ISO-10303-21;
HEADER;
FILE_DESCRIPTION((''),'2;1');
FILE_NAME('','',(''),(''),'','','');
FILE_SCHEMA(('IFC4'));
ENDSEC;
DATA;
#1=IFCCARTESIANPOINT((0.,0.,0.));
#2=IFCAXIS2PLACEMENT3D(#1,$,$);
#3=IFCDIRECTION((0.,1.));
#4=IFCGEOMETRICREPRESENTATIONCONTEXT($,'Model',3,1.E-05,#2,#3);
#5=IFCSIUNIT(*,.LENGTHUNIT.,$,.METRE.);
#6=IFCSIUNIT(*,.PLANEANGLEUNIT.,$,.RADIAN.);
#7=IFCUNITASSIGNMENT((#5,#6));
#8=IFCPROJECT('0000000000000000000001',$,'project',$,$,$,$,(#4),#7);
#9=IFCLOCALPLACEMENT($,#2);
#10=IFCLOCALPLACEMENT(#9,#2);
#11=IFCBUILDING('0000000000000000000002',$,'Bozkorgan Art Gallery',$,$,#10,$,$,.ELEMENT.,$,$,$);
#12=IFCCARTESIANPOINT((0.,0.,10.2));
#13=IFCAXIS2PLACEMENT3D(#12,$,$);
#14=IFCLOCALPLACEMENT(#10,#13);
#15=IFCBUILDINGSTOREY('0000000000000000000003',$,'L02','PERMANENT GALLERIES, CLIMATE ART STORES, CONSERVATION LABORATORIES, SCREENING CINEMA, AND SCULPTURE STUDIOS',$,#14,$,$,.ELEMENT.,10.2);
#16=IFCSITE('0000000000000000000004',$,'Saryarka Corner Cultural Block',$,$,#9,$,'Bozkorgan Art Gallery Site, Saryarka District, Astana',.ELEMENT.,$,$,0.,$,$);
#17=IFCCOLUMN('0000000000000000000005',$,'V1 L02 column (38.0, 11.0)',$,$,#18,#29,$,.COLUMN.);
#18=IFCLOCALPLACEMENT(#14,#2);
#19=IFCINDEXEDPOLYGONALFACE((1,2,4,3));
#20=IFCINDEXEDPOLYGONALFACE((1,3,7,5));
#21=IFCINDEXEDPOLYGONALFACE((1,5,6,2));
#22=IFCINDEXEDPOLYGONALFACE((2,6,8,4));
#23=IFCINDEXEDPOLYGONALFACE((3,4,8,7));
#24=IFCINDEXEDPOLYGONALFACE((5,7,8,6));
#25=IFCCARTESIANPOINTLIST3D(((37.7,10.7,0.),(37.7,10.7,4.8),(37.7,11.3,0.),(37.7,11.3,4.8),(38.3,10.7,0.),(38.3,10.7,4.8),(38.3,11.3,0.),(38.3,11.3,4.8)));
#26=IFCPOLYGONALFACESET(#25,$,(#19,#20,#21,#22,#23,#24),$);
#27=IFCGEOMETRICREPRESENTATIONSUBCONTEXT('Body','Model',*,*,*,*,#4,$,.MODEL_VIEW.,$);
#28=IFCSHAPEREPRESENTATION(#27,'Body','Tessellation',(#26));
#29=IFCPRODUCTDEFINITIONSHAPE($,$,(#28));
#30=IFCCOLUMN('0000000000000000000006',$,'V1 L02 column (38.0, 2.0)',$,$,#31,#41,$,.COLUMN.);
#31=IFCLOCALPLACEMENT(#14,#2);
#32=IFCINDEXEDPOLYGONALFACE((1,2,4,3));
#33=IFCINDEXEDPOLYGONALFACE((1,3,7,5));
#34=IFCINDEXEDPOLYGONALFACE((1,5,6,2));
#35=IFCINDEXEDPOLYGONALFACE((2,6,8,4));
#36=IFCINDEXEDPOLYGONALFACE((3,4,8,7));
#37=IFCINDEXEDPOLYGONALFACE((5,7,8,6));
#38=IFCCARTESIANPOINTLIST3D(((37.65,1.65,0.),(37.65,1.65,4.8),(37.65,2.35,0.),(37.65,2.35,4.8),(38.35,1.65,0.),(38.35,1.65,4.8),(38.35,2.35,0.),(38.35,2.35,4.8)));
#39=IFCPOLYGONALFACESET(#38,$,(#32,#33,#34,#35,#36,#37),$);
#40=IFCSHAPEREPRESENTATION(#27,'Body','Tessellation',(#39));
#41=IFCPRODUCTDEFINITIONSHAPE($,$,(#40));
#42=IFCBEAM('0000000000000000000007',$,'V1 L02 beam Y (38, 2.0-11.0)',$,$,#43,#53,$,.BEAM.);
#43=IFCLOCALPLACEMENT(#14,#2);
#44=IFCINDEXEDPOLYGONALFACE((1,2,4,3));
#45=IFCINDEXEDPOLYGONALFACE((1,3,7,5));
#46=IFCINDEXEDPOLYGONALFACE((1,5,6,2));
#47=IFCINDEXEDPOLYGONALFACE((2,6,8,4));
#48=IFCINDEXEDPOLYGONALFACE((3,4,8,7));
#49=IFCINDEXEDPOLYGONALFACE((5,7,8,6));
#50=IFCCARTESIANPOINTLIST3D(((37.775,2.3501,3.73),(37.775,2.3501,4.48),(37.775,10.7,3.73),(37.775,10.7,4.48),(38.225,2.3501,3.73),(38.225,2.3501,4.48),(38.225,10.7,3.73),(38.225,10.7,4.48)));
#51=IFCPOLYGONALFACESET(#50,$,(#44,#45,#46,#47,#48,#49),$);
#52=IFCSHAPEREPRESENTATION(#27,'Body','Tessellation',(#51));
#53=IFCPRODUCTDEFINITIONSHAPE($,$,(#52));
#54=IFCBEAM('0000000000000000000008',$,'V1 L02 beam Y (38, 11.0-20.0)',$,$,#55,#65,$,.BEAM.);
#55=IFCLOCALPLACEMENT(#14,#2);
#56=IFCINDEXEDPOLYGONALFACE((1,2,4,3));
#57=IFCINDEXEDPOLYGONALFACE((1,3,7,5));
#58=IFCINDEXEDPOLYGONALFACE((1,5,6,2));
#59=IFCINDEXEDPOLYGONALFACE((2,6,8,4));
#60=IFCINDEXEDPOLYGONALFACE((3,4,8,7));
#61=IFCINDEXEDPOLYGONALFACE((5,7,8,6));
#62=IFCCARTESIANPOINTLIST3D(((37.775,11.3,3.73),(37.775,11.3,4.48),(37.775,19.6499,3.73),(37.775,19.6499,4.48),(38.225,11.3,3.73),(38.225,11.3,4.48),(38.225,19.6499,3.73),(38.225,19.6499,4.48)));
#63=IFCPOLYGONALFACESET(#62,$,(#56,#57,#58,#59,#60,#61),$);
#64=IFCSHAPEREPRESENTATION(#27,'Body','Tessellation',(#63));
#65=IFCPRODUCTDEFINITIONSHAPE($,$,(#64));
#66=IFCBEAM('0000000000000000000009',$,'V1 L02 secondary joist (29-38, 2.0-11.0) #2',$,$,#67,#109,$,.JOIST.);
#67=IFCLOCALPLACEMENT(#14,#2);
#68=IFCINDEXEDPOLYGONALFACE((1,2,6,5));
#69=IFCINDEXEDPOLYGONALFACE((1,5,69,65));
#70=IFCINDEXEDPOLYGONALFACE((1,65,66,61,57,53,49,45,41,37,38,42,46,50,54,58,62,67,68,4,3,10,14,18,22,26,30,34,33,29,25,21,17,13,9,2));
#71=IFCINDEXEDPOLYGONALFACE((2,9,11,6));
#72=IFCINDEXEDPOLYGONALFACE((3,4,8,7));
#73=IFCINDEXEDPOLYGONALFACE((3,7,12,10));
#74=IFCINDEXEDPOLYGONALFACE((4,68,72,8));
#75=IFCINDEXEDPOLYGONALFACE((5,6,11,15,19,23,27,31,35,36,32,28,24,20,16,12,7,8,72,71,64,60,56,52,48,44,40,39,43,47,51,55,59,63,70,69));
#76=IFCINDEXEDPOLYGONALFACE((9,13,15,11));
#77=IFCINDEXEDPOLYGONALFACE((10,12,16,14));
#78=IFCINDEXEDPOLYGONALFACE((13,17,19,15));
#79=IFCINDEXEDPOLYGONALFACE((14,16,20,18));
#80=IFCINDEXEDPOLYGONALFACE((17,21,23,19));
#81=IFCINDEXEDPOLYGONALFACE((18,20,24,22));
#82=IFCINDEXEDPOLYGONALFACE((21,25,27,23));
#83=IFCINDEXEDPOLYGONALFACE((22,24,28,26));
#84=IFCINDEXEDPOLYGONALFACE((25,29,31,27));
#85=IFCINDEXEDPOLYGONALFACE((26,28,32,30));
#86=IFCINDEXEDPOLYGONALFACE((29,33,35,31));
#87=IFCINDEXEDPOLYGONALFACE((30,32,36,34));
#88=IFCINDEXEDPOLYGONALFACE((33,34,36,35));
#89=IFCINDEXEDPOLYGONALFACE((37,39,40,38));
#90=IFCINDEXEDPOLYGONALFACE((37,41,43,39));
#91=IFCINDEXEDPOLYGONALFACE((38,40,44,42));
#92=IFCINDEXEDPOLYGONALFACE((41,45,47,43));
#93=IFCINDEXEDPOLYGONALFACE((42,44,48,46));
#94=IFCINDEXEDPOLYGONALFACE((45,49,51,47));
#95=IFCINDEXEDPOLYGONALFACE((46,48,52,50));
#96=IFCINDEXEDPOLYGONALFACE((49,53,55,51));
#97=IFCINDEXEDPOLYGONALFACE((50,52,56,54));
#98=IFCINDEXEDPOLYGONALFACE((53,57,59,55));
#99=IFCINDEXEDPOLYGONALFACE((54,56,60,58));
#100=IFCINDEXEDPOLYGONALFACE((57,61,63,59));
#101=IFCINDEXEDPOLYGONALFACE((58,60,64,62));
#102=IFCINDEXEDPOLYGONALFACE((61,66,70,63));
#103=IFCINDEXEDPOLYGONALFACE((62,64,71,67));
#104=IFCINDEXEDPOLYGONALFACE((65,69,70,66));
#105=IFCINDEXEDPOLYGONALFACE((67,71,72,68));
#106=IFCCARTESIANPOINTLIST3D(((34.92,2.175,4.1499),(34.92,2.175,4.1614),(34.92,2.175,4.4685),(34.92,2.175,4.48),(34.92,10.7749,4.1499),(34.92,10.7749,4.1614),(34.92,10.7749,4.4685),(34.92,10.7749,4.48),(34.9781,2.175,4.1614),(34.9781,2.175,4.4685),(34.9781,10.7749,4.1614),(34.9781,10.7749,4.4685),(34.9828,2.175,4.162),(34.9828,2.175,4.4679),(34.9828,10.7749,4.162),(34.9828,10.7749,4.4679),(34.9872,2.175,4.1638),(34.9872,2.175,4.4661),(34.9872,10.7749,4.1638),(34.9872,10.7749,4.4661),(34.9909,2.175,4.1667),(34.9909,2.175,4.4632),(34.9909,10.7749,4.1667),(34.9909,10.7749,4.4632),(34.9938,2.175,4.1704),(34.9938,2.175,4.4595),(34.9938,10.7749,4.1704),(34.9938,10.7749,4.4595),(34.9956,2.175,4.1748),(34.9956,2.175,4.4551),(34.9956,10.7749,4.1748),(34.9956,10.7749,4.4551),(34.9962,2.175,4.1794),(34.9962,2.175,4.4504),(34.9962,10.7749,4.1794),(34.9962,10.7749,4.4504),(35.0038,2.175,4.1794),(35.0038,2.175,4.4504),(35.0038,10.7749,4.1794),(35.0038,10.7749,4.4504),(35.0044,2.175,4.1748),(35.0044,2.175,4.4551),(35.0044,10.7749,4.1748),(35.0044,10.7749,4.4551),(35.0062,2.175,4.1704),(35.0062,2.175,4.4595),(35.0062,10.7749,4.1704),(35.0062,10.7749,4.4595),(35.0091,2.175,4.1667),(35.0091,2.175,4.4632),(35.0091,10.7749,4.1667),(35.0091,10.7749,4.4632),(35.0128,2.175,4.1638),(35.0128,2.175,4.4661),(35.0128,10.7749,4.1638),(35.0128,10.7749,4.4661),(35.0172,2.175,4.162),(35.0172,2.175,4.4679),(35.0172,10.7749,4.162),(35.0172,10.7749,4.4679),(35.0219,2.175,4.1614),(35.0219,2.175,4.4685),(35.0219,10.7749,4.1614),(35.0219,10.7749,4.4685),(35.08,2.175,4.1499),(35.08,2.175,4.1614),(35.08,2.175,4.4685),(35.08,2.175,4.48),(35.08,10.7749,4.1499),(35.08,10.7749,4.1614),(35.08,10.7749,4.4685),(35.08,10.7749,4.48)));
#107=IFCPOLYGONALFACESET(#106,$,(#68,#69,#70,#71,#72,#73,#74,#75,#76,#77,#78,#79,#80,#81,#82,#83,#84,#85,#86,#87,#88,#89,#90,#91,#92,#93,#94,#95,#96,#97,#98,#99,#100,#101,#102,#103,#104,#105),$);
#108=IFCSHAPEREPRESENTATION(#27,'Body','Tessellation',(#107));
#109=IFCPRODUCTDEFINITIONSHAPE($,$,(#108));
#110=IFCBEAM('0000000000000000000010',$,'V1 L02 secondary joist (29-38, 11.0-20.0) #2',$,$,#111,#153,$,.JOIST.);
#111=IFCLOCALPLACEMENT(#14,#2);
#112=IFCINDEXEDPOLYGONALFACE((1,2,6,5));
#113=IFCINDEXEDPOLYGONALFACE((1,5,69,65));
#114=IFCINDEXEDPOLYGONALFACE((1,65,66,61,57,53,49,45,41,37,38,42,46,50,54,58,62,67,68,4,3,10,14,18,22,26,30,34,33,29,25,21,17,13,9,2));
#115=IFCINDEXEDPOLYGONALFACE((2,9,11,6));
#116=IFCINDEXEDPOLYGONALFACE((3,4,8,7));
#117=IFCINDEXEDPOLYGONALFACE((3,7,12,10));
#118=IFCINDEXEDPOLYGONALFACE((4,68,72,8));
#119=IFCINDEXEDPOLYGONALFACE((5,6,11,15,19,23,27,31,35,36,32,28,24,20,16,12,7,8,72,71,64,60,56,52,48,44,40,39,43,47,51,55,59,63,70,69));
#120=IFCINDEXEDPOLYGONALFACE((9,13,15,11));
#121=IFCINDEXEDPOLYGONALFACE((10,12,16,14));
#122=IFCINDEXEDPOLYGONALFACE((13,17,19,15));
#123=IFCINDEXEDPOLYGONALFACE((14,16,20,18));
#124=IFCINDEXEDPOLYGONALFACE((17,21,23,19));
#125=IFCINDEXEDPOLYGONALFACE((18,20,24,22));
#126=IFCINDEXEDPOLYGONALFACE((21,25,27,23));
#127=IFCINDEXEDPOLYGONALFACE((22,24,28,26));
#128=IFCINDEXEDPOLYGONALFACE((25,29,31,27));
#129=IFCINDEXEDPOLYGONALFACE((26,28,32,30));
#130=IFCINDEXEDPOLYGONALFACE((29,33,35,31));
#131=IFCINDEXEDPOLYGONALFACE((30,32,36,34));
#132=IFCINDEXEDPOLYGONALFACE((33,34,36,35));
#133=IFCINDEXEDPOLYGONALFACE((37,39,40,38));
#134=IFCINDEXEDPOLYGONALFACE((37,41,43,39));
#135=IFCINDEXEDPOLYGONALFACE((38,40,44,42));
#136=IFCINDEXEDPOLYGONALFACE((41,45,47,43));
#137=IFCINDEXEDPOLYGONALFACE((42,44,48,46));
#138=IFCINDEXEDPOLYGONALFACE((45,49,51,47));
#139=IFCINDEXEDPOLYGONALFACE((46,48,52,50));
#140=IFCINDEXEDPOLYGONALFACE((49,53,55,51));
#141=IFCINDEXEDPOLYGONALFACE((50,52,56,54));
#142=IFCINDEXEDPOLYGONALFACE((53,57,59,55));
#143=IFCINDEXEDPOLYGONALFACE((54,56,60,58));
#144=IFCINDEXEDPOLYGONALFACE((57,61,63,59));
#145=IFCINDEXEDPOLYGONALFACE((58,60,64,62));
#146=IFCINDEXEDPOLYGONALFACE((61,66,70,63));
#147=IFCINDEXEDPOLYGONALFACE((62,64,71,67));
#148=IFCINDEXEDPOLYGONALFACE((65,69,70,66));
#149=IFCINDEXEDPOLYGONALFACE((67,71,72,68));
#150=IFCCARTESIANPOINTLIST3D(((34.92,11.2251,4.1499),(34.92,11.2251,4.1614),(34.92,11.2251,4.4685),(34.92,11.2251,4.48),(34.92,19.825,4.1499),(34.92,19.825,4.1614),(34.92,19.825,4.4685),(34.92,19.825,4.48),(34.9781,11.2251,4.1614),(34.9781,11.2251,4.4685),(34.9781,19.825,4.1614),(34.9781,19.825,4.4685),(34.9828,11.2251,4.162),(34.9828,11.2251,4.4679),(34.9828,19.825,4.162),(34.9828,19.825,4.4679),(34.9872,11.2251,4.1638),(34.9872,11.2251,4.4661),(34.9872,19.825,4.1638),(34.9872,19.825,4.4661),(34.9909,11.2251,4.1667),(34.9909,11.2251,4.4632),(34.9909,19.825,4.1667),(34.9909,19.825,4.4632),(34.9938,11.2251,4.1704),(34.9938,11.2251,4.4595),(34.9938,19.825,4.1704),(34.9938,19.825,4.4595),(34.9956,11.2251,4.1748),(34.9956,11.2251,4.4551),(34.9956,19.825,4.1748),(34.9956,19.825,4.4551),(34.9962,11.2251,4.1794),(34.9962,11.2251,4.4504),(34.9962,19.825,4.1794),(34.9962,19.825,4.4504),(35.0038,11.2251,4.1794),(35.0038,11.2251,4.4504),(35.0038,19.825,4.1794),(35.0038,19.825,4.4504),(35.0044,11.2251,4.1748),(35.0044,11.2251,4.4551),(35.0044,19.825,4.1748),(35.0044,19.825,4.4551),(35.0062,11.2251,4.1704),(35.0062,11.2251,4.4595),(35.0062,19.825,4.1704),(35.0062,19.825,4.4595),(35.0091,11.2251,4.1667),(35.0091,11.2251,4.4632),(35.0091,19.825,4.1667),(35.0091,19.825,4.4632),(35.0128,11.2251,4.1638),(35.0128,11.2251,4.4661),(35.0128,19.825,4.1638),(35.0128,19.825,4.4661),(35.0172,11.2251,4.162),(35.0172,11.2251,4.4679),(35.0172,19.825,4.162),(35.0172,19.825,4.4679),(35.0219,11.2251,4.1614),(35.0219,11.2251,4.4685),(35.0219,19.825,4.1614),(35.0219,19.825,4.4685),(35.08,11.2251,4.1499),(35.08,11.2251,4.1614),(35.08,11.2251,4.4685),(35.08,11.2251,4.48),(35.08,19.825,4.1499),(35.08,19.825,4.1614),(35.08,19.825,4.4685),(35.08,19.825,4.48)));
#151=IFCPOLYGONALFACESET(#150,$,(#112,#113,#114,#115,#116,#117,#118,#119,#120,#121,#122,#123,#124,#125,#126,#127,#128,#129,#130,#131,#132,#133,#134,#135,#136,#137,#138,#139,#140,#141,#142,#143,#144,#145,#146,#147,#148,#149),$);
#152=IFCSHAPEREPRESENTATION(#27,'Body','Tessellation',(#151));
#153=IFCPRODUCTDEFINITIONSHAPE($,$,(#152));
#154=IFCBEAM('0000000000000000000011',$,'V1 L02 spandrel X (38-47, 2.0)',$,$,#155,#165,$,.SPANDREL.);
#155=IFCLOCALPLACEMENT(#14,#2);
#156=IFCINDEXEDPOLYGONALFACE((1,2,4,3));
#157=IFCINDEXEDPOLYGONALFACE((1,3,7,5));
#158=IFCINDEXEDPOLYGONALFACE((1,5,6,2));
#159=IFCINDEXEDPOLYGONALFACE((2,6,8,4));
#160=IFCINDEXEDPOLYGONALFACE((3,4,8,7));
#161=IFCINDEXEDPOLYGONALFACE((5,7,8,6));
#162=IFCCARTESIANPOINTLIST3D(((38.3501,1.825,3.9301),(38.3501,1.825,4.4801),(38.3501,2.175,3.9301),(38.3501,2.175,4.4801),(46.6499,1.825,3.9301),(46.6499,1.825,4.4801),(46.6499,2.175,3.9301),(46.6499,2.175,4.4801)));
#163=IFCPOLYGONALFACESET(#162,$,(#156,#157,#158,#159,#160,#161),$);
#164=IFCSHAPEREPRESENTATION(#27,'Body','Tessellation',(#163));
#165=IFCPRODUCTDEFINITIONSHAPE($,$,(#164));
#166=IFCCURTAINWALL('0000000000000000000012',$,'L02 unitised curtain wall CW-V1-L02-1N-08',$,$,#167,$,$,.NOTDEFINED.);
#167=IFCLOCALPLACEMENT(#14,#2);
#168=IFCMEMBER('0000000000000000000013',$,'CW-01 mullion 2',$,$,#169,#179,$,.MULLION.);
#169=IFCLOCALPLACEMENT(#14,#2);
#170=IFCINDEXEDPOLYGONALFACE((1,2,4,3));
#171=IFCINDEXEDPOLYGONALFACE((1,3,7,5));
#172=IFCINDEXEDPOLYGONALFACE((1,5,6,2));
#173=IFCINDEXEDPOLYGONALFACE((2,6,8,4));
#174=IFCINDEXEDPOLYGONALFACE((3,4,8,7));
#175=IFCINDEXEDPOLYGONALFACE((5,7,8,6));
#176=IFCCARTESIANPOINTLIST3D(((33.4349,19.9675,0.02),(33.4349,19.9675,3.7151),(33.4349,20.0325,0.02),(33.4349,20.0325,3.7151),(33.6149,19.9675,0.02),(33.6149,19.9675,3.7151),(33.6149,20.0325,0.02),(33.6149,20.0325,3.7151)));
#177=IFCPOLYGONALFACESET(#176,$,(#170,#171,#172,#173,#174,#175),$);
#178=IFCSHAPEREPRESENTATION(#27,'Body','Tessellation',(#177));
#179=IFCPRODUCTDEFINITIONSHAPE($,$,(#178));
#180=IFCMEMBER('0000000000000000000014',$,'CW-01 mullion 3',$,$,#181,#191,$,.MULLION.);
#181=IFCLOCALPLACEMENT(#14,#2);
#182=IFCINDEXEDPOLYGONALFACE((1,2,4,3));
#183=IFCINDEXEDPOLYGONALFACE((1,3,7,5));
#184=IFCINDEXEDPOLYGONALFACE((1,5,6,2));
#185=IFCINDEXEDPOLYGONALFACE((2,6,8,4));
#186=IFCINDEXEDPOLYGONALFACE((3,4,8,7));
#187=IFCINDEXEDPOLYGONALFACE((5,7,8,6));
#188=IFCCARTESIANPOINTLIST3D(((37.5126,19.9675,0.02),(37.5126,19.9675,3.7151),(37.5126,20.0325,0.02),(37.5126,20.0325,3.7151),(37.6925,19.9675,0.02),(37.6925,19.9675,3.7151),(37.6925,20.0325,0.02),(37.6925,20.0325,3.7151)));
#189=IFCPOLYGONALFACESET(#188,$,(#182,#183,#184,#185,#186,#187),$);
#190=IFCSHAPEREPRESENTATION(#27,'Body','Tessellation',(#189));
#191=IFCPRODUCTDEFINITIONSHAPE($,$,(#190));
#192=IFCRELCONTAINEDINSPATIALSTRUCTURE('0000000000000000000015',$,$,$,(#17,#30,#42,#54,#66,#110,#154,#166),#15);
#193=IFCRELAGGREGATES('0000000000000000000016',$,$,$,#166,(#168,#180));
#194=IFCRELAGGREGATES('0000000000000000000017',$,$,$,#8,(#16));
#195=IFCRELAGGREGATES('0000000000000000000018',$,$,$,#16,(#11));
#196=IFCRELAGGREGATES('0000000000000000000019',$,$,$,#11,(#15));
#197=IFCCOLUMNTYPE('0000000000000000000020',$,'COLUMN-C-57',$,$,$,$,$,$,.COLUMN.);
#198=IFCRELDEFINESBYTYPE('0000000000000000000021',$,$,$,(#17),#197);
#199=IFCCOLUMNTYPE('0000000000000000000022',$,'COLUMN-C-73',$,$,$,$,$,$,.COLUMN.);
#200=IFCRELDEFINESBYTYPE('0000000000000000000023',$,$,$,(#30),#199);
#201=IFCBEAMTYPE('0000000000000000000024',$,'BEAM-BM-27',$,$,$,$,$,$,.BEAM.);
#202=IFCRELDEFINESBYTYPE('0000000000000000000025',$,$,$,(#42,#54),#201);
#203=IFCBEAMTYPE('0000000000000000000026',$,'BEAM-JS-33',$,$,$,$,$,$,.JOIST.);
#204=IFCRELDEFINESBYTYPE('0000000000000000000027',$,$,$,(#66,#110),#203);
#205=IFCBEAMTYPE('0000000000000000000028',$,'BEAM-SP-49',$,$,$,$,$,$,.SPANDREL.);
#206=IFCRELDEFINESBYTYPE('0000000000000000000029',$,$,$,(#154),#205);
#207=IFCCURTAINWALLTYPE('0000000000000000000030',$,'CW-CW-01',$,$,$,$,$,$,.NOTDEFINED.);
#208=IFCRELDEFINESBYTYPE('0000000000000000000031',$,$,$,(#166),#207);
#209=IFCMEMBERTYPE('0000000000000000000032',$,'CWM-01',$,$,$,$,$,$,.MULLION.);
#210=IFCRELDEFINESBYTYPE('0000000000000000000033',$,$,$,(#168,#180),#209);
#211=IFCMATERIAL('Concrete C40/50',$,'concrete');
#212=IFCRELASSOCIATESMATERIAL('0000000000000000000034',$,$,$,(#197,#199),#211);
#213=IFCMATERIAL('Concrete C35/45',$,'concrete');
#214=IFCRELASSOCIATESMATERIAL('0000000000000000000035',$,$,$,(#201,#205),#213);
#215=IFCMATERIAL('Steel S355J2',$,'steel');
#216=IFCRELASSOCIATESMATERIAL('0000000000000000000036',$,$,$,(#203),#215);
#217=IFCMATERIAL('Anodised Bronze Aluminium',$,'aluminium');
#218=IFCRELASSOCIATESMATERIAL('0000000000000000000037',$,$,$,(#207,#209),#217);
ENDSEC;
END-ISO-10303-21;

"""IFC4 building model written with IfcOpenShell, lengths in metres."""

from ifc_helpers import new_model, si_unit, direction, frame, origin, origin_2d, place, context, subcontext, project, spatial, rectangle, i_section, extrude, material, material_profile, profile_set, type_object, element, aggregate, save


model = new_model("IFC4")

# Units and contexts
model_context = context("Model", 3, precision=1e-05, world=origin(), true_north=direction((0.0, 1.0)))
body_context = subcontext(model_context, "Body", "Model", "MODEL_VIEW")
ifc_project = project(units=[si_unit("LENGTHUNIT", "METRE"), si_unit("PLANEANGLEUNIT", "RADIAN")], contexts=[model_context])

# Site, building, storey
site_placement = place(None, origin())
site = spatial("IfcSite", under=ifc_project, at=site_placement, Name="Saryarka Corner Cultural Block", LongName="Bozkorgan Art Gallery Site, Saryarka District, Astana", CompositionType="ELEMENT", RefElevation=0.0)
building_placement = place(site_placement, origin())
building = spatial("IfcBuilding", under=site, at=building_placement, Name="Bozkorgan Art Gallery", CompositionType="ELEMENT")
storey_placement = place(building_placement, frame((0.0, 0.0, 10.2)))
storey = spatial("IfcBuildingStorey", under=building, at=storey_placement, Name="L02", Description="PERMANENT GALLERIES, CLIMATE ART STORES, CONSERVATION LABORATORIES, SCREENING CINEMA, AND SCULPTURE STUDIOS", CompositionType="ELEMENT", Elevation=10.2)

# Columns
ifc_material_1 = material(Name="Concrete C40/50", Category="concrete")
ifc_material_profile_1 = material_profile(ifc_material_1, rectangle(XDim=0.6001, YDim=0.6001, at=origin_2d()), Name="RC 600x600")
ifc_profile_set_1 = profile_set([ifc_material_profile_1], Name="Concrete C40/50")
column_type_1 = type_object("IfcColumnType", Name="COLUMN-C-57", PredefinedType="COLUMN", material=ifc_profile_set_1)
column_1_placement = place(storey_placement, frame((38.0, 11.0, 0.0), z_axis=(0.0, 0.0, 1.0), x_axis=(1.0, 0.0, 0.0)))
element("IfcColumn", 1, at=column_1_placement, inside=storey, type_object=column_type_1, Name="V1 L02 column (38.0, 11.0)", PredefinedType="COLUMN", context=body_context, shape_type="SweptSolid", body=[
    extrude(rectangle(XDim=0.6001, YDim=0.6001, at=origin_2d()), origin(), (0.0, 0.0, 1.0), 4.8),
])
ifc_material_profile_2 = material_profile(ifc_material_1, rectangle(XDim=0.7, YDim=0.7, at=origin_2d()), Name="RC 700x700")
ifc_profile_set_2 = profile_set([ifc_material_profile_2], Name="Concrete C40/50")
column_type_2 = type_object("IfcColumnType", Name="COLUMN-C-73", PredefinedType="COLUMN", material=ifc_profile_set_2)
column_2_placement = place(storey_placement, frame((38.0, 2.0, 0.0), z_axis=(0.0, 0.0, 1.0), x_axis=(1.0, 0.0, 0.0)))
element("IfcColumn", 2, at=column_2_placement, inside=storey, type_object=column_type_2, Name="V1 L02 column (38.0, 2.0)", PredefinedType="COLUMN", context=body_context, shape_type="SweptSolid", body=[
    extrude(rectangle(XDim=0.7, YDim=0.7, at=origin_2d()), origin(), (0.0, 0.0, 1.0), 4.8),
])

# Beams
ifc_material_2 = material(Name="Concrete C35/45", Category="concrete")
ifc_material_profile_3 = material_profile(ifc_material_2, rectangle(XDim=0.45, YDim=0.75, at=origin_2d()), Name="RC 450x750")
ifc_profile_set_3 = profile_set([ifc_material_profile_3], Name="Concrete C35/45")
beam_type_1 = type_object("IfcBeamType", Name="BEAM-BM-27", PredefinedType="BEAM", material=ifc_profile_set_3)
for number, where, z_axis, x_axis, name in (
    (3, (38.0, 2.3501, 4.105), (0.0, 1.0, 0.0), (-1.0, 0.0, 0.0), "V1 L02 beam Y (38, 2.0-11.0)"),
    (4, (38.0, 11.3, 4.105), (0.0, 1.0, 0.0), (-1.0, 0.0, 0.0), "V1 L02 beam Y (38, 11.0-20.0)"),
):
    element("IfcBeam", number, at=place(storey_placement, frame(where, z_axis=z_axis, x_axis=x_axis)), inside=storey, type_object=beam_type_1, Name=name, PredefinedType="BEAM", context=body_context, shape_type="SweptSolid", body=[
        extrude(rectangle(XDim=0.45, YDim=0.75, at=origin_2d()), origin(), (0.0, 0.0, 1.0), 8.3499),
    ])
ifc_material_3 = material(Name="Steel S355J2", Category="steel")
ifc_material_profile_4 = material_profile(ifc_material_3, i_section(OverallWidth=0.1599, OverallDepth=0.3301, WebThickness=0.0076, FlangeThickness=0.0115, FilletRadius=0.0181, at=origin_2d()), Name="IPE 330")
ifc_profile_set_4 = profile_set([ifc_material_profile_4], Name="Steel S355J2")
beam_type_2 = type_object("IfcBeamType", Name="BEAM-JS-33", PredefinedType="JOIST", material=ifc_profile_set_4)
for number, where, z_axis, x_axis, name in (
    (5, (35.0, 2.175, 4.3149), (0.0, 1.0, 0.0), (-1.0, 0.0, 0.0), "V1 L02 secondary joist (29-38, 2.0-11.0) #2"),
    (6, (35.0, 11.2251, 4.3149), (0.0, 1.0, 0.0), (-1.0, 0.0, 0.0), "V1 L02 secondary joist (29-38, 11.0-20.0) #2"),
):
    element("IfcBeam", number, at=place(storey_placement, frame(where, z_axis=z_axis, x_axis=x_axis)), inside=storey, type_object=beam_type_2, Name=name, PredefinedType="JOIST", context=body_context, shape_type="SweptSolid", body=[
        extrude(i_section(OverallWidth=0.1599, OverallDepth=0.3301, WebThickness=0.0076, FlangeThickness=0.0115, FilletRadius=0.0181, at=origin_2d()), origin(), (0.0, 0.0, 1.0), 8.5999),
    ])
ifc_material_profile_5 = material_profile(ifc_material_2, rectangle(XDim=0.3501, YDim=0.55, at=origin_2d()), Name="RC 350x550")
ifc_profile_set_5 = profile_set([ifc_material_profile_5], Name="Concrete C35/45")
beam_type_3 = type_object("IfcBeamType", Name="BEAM-SP-49", PredefinedType="SPANDREL", material=ifc_profile_set_5)
beam_placement = place(storey_placement, frame((38.3501, 2.0, 4.2051), z_axis=(1.0, 0.0, 0.0), x_axis=(0.0, 1.0, 0.0)))
element("IfcBeam", 7, at=beam_placement, inside=storey, type_object=beam_type_3, Name="V1 L02 spandrel X (38-47, 2.0)", PredefinedType="SPANDREL", context=body_context, shape_type="SweptSolid", body=[
    extrude(rectangle(XDim=0.3501, YDim=0.55, at=origin_2d()), origin(), (0.0, 0.0, 1.0), 8.2998),
])

# Curtain wall, members
ifc_material_4 = material(Name="Anodised Bronze Aluminium", Category="aluminium")
curtain_wall_type = type_object("IfcCurtainWallType", Name="CW-CW-01", PredefinedType="NOTDEFINED", material=ifc_material_4)
curtain_wall_placement = place(storey_placement, origin())
curtain_wall = element("IfcCurtainWall", 8, at=curtain_wall_placement, inside=storey, type_object=curtain_wall_type, Name="L02 unitised curtain wall CW-V1-L02-1N-08", PredefinedType="NOTDEFINED")
ifc_material_profile_6 = material_profile(ifc_material_4, rectangle(XDim=0.0649, YDim=0.1799, at=origin_2d()), Name="ALU MULLION 65x180")
ifc_profile_set_6 = profile_set([ifc_material_profile_6], Name="Anodised Bronze Aluminium")
member_type_1 = type_object("IfcMemberType", Name="CWM-01", PredefinedType="MULLION", material=ifc_profile_set_6)
member_1_placement = place(storey_placement, frame((33.5249, 20.0, 0.02), z_axis=(0.0, 0.0, 1.0), x_axis=(0.0, 1.0, 0.0)))
member_1 = element("IfcMember", 9, at=member_1_placement, type_object=member_type_1, Name="CW-01 mullion 2", PredefinedType="MULLION", context=body_context, shape_type="SweptSolid", body=[
    extrude(rectangle(XDim=0.0649, YDim=0.1799, at=origin_2d()), origin(), (0.0, 0.0, 1.0), 3.6951),
])
member_2_placement = place(storey_placement, frame((37.6025, 20.0, 0.02), z_axis=(0.0, 0.0, 1.0), x_axis=(0.0, 1.0, 0.0)))
member_2 = element("IfcMember", 10, at=member_2_placement, type_object=member_type_1, Name="CW-01 mullion 3", PredefinedType="MULLION", context=body_context, shape_type="SweptSolid", body=[
    extrude(rectangle(XDim=0.0649, YDim=0.1799, at=origin_2d()), origin(), (0.0, 0.0, 1.0), 3.6951),
])
aggregate(curtain_wall, [member_1, member_2])

save(model, "model.ifc")
